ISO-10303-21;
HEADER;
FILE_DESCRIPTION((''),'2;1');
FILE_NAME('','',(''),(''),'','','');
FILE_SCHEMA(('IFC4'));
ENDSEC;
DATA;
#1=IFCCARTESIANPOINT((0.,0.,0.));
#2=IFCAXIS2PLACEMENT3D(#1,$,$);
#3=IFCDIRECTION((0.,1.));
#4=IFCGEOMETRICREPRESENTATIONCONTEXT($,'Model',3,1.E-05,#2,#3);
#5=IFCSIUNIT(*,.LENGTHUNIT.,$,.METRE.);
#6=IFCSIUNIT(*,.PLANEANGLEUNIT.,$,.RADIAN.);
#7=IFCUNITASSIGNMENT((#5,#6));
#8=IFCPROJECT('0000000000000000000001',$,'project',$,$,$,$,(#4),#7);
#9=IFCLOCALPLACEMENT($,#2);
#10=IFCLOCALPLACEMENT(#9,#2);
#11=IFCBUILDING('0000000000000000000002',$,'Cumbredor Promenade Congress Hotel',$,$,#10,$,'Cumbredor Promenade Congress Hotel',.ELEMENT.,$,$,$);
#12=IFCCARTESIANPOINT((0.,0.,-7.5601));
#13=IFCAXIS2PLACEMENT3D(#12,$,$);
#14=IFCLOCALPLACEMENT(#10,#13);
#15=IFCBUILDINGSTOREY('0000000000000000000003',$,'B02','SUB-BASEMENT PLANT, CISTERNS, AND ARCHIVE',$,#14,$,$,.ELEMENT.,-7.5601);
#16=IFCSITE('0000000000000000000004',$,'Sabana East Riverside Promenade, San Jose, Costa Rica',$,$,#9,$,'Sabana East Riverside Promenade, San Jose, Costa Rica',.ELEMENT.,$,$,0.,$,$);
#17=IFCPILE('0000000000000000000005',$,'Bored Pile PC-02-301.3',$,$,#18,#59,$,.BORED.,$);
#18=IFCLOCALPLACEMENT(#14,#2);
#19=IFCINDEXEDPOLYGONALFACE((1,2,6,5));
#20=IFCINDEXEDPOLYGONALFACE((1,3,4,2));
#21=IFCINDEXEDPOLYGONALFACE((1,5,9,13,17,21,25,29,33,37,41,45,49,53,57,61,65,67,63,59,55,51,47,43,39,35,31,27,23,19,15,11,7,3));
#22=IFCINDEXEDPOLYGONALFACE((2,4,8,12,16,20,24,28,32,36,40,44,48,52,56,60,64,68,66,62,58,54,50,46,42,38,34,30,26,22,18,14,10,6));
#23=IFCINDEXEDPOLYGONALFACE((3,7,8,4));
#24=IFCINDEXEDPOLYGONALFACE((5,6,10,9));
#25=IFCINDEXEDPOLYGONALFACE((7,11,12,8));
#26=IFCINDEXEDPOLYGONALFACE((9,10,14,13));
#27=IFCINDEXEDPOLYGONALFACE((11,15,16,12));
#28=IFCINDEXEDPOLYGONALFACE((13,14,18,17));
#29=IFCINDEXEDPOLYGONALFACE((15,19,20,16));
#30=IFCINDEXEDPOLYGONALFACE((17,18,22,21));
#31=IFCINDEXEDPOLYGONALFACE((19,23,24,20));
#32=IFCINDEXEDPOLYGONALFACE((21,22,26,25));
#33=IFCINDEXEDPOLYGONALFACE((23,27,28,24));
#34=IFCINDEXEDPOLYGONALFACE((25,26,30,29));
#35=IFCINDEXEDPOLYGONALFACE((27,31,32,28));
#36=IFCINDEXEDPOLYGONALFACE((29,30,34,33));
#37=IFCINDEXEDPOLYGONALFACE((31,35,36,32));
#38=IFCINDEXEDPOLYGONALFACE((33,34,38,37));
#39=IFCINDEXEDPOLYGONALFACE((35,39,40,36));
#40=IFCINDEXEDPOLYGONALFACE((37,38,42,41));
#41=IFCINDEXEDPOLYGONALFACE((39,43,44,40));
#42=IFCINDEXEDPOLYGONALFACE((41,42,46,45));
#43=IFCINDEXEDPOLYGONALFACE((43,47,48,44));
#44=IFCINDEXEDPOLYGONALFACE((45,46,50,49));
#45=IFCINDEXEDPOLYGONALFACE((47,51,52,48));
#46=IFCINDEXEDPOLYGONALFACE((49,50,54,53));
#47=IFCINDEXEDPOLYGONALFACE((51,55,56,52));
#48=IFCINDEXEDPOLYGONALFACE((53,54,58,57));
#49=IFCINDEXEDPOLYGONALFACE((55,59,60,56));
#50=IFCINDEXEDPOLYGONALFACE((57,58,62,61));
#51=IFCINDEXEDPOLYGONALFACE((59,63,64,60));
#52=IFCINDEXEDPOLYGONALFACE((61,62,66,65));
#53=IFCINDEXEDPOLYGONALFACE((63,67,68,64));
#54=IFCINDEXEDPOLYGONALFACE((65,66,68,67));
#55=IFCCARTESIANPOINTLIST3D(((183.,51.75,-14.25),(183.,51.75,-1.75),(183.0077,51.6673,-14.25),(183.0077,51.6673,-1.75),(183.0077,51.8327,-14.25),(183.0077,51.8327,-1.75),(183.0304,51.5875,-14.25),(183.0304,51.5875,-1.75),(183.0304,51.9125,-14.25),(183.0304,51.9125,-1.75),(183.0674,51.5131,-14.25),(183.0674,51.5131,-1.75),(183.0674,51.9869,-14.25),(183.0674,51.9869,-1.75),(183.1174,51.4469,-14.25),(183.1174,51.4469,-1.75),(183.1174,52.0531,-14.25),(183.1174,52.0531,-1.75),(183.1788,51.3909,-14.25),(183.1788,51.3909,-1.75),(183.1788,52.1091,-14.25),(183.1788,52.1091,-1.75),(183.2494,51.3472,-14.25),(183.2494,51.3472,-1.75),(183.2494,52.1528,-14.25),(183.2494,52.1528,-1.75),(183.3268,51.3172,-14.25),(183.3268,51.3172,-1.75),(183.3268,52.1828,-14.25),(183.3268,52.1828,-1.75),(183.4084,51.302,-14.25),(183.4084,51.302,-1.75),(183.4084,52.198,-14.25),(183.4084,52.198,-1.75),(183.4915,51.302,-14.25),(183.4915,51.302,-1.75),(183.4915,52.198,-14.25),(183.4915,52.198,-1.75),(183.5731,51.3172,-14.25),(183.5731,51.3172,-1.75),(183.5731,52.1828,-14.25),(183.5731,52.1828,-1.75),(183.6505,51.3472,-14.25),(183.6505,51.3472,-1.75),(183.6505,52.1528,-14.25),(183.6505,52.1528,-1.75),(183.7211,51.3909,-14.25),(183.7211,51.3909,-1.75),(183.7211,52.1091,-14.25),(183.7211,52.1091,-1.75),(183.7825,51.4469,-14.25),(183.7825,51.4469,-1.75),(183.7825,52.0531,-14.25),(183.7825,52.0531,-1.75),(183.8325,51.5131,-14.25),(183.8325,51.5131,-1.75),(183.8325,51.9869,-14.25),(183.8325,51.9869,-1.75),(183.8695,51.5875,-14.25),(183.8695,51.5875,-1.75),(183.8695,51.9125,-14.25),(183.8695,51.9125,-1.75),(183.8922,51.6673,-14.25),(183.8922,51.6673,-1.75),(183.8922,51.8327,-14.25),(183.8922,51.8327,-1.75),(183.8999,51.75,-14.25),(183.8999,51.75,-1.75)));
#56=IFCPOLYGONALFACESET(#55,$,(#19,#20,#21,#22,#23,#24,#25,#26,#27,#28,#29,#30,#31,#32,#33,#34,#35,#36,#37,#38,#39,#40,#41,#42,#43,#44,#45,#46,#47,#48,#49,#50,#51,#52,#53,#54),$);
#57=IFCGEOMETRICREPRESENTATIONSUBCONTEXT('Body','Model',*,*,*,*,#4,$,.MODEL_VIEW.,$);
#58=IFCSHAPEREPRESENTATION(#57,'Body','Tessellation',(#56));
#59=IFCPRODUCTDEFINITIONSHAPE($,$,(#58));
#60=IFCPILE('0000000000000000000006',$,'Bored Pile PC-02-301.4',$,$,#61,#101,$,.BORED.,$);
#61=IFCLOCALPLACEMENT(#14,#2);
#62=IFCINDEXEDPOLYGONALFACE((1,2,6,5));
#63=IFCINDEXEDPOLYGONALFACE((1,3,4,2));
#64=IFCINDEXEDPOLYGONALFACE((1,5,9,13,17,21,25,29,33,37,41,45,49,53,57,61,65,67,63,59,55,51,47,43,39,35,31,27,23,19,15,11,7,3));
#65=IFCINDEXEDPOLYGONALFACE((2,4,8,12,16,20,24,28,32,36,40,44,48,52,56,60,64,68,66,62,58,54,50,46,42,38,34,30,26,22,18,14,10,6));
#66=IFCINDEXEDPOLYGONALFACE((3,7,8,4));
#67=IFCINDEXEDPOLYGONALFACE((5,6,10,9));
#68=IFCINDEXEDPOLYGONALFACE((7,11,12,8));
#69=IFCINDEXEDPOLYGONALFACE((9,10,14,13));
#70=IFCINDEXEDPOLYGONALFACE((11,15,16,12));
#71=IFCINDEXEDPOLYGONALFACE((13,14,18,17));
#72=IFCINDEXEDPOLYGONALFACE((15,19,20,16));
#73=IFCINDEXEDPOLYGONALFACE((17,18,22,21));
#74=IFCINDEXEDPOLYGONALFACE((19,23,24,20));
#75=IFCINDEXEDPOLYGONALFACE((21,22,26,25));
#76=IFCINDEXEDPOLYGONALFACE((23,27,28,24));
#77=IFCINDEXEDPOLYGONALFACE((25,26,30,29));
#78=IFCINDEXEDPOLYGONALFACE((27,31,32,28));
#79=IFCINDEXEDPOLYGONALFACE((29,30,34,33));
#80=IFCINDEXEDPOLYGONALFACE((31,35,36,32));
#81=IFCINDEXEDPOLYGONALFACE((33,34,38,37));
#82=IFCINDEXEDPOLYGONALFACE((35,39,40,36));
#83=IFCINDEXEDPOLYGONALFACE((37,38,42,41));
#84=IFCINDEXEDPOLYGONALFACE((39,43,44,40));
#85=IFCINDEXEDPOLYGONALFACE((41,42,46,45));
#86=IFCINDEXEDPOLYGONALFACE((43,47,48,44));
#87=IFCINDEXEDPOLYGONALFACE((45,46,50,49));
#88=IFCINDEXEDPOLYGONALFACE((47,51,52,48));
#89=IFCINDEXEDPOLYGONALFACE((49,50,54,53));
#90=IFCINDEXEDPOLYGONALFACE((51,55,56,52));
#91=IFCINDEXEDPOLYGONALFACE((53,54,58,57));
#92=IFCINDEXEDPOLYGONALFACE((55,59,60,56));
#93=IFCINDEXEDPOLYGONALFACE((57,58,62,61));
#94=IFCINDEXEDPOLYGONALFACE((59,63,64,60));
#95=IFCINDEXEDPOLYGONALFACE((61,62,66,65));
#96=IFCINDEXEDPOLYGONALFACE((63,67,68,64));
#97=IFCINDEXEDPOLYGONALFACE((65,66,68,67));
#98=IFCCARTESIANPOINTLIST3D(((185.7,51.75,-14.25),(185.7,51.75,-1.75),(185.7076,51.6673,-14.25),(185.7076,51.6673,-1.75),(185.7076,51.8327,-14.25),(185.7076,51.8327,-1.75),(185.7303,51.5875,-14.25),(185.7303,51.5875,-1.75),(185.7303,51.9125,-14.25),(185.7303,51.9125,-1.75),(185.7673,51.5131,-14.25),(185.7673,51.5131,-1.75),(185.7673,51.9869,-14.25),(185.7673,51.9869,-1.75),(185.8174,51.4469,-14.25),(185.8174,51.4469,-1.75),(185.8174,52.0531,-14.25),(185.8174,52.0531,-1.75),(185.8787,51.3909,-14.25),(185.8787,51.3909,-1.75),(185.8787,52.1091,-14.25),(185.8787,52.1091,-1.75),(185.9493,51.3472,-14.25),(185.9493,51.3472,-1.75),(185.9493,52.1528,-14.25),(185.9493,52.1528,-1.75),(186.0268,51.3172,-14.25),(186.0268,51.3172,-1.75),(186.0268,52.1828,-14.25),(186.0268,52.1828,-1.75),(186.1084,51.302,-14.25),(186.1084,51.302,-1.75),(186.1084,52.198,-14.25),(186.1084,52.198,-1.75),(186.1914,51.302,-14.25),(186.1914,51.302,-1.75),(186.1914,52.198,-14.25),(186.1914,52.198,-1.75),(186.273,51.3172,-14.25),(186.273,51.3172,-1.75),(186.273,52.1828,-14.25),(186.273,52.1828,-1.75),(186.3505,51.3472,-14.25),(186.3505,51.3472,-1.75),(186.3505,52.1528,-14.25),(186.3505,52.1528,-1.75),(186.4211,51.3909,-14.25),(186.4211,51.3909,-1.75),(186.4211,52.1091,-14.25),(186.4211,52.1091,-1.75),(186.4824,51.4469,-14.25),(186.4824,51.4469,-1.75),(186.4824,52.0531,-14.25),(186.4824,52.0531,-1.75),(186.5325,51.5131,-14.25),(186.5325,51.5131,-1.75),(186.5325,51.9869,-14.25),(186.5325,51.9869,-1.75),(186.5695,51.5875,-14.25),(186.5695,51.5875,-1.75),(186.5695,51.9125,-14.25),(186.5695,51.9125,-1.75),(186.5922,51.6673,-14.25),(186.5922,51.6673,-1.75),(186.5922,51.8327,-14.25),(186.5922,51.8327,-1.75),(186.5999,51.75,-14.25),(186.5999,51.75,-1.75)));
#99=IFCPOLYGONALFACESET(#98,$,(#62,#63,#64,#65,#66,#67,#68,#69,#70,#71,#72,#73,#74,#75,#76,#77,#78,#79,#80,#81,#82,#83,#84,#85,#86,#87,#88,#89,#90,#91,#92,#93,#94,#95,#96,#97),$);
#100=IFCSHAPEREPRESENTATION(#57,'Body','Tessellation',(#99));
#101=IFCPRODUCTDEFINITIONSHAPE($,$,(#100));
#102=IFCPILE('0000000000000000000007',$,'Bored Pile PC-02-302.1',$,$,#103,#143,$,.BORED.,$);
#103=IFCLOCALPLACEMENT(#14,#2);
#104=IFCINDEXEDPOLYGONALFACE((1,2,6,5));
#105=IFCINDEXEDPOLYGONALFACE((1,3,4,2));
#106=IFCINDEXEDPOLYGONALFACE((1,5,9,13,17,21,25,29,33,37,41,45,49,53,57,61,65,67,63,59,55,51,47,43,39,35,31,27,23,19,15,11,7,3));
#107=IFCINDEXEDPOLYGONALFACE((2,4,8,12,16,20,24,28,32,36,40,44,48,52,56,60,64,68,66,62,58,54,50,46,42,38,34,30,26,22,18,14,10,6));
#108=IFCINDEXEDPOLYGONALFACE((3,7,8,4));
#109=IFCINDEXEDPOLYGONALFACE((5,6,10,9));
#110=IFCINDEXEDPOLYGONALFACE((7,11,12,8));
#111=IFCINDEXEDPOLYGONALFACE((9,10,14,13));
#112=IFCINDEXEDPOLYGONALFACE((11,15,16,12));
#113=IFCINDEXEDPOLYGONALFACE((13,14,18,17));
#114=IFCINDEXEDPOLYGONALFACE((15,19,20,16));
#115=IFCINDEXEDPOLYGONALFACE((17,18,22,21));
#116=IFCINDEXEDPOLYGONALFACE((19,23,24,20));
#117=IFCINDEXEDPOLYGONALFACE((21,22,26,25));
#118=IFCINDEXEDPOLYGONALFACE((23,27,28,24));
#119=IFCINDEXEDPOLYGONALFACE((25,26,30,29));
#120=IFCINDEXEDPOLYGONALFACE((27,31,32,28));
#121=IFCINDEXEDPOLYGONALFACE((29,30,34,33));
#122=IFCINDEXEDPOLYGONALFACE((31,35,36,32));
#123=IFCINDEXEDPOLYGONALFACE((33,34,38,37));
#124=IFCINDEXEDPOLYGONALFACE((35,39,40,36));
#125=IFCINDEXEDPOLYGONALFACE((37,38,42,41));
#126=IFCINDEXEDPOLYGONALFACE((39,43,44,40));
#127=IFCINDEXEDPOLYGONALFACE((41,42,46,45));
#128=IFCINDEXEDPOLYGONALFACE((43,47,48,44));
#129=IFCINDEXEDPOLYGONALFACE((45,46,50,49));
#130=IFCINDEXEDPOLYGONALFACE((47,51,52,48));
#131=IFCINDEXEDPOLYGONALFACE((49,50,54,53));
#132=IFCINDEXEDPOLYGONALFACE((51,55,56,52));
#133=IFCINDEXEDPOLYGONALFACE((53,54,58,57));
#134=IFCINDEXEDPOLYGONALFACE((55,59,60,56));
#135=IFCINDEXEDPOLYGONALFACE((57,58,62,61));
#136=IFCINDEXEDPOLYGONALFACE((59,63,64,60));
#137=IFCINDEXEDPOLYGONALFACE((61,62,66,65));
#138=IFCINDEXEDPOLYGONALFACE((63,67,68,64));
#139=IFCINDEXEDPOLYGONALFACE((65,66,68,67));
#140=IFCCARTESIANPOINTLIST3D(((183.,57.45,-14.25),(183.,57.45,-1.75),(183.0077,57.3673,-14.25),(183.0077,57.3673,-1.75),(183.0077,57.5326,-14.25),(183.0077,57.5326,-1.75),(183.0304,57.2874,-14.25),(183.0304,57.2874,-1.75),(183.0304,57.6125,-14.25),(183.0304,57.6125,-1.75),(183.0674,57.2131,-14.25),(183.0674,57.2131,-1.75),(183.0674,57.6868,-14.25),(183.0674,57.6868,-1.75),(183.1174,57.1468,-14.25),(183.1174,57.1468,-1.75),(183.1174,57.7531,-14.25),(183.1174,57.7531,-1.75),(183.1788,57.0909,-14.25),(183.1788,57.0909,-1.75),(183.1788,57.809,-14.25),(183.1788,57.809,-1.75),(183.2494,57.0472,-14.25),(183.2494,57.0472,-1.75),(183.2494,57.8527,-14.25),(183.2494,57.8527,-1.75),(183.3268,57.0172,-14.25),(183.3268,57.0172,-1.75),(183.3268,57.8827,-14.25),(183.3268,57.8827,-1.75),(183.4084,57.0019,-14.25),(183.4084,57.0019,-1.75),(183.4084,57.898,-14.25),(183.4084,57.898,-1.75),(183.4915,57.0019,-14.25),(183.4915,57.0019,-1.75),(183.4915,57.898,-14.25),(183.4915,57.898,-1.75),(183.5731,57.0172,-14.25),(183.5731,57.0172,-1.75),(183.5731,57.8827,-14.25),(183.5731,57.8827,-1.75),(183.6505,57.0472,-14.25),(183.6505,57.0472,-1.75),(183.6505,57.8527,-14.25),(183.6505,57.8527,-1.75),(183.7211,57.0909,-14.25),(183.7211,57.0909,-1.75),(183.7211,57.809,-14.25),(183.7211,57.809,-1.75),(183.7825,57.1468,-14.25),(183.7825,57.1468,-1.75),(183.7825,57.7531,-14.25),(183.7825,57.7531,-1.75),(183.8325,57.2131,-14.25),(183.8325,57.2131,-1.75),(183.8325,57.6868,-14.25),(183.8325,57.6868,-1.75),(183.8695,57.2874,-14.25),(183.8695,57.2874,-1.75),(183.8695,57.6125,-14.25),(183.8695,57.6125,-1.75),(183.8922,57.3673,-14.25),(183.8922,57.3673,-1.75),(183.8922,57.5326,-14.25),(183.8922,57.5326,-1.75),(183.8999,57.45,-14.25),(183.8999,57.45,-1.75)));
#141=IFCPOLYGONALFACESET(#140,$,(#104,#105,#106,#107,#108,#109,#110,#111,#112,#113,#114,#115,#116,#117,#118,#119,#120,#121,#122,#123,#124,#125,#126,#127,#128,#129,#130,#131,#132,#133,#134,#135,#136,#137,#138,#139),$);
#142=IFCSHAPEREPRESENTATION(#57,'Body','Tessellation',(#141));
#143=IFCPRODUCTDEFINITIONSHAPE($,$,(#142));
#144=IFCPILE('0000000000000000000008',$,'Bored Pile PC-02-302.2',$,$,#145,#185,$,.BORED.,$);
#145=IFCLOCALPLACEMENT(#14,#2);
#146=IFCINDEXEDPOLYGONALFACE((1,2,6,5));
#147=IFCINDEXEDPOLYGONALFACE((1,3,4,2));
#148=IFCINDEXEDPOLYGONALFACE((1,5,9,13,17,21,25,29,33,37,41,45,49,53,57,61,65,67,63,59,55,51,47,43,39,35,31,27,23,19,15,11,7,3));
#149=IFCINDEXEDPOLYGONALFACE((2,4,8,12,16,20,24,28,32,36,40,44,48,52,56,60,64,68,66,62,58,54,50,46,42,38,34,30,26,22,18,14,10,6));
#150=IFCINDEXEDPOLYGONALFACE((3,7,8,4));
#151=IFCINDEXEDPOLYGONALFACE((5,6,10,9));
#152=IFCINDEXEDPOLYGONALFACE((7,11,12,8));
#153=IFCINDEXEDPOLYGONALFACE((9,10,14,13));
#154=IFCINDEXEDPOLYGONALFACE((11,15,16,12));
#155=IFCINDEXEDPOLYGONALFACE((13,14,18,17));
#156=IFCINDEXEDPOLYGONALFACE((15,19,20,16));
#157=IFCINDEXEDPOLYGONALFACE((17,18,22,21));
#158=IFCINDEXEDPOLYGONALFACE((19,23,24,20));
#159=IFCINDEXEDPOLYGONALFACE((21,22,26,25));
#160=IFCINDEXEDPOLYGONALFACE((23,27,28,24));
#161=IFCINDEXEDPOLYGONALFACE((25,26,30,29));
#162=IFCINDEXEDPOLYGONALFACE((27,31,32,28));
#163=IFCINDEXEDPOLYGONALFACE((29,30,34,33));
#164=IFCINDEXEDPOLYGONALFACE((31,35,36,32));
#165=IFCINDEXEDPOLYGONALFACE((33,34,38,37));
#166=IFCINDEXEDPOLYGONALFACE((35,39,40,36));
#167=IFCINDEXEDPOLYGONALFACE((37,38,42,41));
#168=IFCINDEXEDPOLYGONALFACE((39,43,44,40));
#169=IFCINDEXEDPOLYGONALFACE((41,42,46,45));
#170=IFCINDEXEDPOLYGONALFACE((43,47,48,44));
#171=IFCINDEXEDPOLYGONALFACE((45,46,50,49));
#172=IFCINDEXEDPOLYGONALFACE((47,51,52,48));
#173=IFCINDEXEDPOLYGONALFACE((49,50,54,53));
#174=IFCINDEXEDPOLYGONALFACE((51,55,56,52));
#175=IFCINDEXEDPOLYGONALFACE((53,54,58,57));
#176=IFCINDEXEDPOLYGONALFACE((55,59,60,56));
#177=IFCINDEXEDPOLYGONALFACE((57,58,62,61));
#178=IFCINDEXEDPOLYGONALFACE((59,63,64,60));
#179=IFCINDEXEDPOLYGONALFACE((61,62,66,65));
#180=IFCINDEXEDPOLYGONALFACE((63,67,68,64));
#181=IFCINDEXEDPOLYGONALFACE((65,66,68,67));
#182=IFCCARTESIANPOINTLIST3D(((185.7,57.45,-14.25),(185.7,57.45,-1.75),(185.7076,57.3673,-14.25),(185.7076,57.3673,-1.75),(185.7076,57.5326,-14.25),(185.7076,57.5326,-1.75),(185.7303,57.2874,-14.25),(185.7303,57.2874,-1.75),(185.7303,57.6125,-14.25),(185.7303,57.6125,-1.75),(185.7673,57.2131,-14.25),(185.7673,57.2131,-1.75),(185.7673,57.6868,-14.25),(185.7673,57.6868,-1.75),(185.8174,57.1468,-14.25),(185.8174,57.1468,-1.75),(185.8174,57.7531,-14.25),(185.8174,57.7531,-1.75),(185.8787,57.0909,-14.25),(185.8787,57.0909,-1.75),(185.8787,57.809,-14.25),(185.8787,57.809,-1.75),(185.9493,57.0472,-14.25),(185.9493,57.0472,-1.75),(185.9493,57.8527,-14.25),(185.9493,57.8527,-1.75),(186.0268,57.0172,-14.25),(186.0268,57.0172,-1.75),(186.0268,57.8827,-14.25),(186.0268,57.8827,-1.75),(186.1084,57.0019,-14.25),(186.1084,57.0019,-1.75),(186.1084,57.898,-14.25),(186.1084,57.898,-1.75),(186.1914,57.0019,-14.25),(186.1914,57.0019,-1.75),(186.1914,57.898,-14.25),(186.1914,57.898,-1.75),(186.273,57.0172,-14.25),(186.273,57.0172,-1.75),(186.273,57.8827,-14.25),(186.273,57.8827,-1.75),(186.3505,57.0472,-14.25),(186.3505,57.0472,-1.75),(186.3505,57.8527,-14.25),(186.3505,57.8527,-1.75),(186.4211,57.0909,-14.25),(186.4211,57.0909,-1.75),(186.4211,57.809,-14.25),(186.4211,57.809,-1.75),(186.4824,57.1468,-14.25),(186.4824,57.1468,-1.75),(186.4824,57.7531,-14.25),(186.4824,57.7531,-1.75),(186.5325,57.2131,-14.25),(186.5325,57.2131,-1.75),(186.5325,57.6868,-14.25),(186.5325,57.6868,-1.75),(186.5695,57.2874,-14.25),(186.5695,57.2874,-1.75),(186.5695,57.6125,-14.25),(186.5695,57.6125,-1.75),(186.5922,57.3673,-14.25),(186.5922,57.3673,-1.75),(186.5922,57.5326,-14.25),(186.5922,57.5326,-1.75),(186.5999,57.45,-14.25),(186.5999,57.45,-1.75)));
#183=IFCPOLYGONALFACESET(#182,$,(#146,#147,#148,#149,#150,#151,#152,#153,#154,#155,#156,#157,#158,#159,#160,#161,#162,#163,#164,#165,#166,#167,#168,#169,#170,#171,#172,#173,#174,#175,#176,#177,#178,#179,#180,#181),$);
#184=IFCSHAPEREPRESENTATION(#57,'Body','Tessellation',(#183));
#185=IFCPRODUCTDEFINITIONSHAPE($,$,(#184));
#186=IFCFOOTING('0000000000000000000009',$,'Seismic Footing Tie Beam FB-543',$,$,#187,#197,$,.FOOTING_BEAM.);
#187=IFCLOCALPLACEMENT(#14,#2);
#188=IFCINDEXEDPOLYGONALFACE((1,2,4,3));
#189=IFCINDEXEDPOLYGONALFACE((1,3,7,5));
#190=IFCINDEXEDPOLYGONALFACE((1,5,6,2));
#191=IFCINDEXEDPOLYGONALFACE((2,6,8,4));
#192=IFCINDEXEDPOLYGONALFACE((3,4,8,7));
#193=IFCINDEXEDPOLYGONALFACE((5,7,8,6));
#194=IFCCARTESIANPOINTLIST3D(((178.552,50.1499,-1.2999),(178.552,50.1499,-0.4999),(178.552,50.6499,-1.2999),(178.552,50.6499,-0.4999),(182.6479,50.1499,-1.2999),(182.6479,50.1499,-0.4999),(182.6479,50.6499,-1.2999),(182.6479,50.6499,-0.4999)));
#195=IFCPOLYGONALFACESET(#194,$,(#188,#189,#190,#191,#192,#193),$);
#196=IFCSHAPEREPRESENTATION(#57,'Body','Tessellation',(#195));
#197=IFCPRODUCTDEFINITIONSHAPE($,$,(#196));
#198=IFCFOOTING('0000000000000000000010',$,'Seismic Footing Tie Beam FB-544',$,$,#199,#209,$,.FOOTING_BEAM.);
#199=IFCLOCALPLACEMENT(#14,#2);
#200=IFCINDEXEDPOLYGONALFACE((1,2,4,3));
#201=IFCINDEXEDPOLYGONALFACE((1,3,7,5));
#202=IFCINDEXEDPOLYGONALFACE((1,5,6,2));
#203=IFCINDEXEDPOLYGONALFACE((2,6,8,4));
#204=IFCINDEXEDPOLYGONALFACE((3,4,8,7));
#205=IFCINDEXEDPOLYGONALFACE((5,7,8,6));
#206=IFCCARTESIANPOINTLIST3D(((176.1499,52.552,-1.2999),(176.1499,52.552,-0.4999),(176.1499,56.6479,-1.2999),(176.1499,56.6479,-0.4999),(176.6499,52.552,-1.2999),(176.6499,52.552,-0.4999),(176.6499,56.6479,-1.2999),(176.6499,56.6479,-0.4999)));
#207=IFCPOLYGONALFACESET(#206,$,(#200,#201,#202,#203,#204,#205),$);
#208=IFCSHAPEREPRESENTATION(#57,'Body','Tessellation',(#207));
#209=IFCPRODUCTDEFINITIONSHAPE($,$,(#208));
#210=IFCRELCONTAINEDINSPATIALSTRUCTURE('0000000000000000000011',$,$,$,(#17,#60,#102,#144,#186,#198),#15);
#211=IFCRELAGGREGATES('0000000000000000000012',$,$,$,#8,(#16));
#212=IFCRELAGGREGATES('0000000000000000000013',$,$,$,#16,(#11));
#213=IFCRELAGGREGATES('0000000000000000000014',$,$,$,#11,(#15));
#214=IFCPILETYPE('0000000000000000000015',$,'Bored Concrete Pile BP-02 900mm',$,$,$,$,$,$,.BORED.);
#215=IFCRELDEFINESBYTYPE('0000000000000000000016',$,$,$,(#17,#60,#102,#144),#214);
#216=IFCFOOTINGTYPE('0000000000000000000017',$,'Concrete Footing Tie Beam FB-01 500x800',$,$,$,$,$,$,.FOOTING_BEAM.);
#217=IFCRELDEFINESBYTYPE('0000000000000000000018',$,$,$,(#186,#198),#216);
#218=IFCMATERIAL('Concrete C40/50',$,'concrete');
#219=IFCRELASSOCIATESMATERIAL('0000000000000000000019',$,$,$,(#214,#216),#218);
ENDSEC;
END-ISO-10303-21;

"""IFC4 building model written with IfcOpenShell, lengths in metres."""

from ifc_helpers import new_model, si_unit, direction, frame, origin, origin_2d, place, context, subcontext, project, spatial, rectangle, circle, extrude, material, material_profile, profile_set, type_object, element, save


model = new_model("IFC4")

# Units and contexts
model_context = context("Model", 3, precision=1e-05, world=origin(), true_north=direction((0.0, 1.0)))
body_context = subcontext(model_context, "Body", "Model", "MODEL_VIEW")
ifc_project = project(units=[si_unit("LENGTHUNIT", "METRE"), si_unit("PLANEANGLEUNIT", "RADIAN")], contexts=[model_context])

# Site, building, storey
site_placement = place(None, origin())
site = spatial("IfcSite", under=ifc_project, at=site_placement, Name="Sabana East Riverside Promenade, San Jose, Costa Rica", LongName="Sabana East Riverside Promenade, San Jose, Costa Rica", CompositionType="ELEMENT", RefElevation=0.0)
building_placement = place(site_placement, origin())
building = spatial("IfcBuilding", under=site, at=building_placement, Name="Cumbredor Promenade Congress Hotel", LongName="Cumbredor Promenade Congress Hotel", CompositionType="ELEMENT")
storey_placement = place(building_placement, frame((0.0, 0.0, -7.5601)))
storey = spatial("IfcBuildingStorey", under=building, at=storey_placement, Name="B02", Description="SUB-BASEMENT PLANT, CISTERNS, AND ARCHIVE", CompositionType="ELEMENT", Elevation=-7.5601)

# Piles
ifc_material_1 = material(Name="Concrete C40/50", Category="concrete")
ifc_material_profile_1 = material_profile(ifc_material_1, circle(Radius=0.45, at=origin_2d()), Name="PILE D900")
ifc_profile_set_1 = profile_set([ifc_material_profile_1], Name="Concrete C40/50")
pile_type = type_object("IfcPileType", Name="Bored Concrete Pile BP-02 900mm", PredefinedType="BORED", material=ifc_profile_set_1)
for number, where, z_axis, x_axis, name in (
    (1, (183.45, 51.75, -1.75), (0.0, 0.0, -1.0), (1.0, 0.0, 0.0), "Bored Pile PC-02-301.3"),
    (2, (186.1499, 51.75, -1.75), (0.0, 0.0, -1.0), (1.0, 0.0, 0.0), "Bored Pile PC-02-301.4"),
    (3, (183.45, 57.45, -1.75), (0.0, 0.0, -1.0), (1.0, 0.0, 0.0), "Bored Pile PC-02-302.1"),
    (4, (186.1499, 57.45, -1.75), (0.0, 0.0, -1.0), (1.0, 0.0, 0.0), "Bored Pile PC-02-302.2"),
):
    element("IfcPile", number, at=place(storey_placement, frame(where, z_axis=z_axis, x_axis=x_axis)), inside=storey, type_object=pile_type, Name=name, PredefinedType="BORED", context=body_context, shape_type="SweptSolid", body=[
        extrude(circle(Radius=0.45, at=origin_2d()), origin(), (0.0, 0.0, 1.0), 12.5),
    ])

# Footings
ifc_material_profile_2 = material_profile(ifc_material_1, rectangle(XDim=0.5, YDim=0.8, at=origin_2d()), Name="FB 500x800")
ifc_profile_set_2 = profile_set([ifc_material_profile_2], Name="Concrete C40/50")
footing_type_1 = type_object("IfcFootingType", Name="Concrete Footing Tie Beam FB-01 500x800", PredefinedType="FOOTING_BEAM", material=ifc_profile_set_2)
for number, where, z_axis, x_axis, name in (
    (5, (178.552, 50.3999, -0.8999), (1.0, 0.0, 0.0), (0.0, 1.0, 0.0), "Seismic Footing Tie Beam FB-543"),
    (6, (176.3999, 52.552, -0.8999), (0.0, 1.0, 0.0), (-1.0, 0.0, 0.0), "Seismic Footing Tie Beam FB-544"),
):
    element("IfcFooting", number, at=place(storey_placement, frame(where, z_axis=z_axis, x_axis=x_axis)), inside=storey, type_object=footing_type_1, Name=name, PredefinedType="FOOTING_BEAM", context=body_context, shape_type="SweptSolid", body=[
        extrude(rectangle(XDim=0.5, YDim=0.8, at=origin_2d()), origin(), (0.0, 0.0, 1.0), 4.0959),
    ])

save(model, "model.ifc")
